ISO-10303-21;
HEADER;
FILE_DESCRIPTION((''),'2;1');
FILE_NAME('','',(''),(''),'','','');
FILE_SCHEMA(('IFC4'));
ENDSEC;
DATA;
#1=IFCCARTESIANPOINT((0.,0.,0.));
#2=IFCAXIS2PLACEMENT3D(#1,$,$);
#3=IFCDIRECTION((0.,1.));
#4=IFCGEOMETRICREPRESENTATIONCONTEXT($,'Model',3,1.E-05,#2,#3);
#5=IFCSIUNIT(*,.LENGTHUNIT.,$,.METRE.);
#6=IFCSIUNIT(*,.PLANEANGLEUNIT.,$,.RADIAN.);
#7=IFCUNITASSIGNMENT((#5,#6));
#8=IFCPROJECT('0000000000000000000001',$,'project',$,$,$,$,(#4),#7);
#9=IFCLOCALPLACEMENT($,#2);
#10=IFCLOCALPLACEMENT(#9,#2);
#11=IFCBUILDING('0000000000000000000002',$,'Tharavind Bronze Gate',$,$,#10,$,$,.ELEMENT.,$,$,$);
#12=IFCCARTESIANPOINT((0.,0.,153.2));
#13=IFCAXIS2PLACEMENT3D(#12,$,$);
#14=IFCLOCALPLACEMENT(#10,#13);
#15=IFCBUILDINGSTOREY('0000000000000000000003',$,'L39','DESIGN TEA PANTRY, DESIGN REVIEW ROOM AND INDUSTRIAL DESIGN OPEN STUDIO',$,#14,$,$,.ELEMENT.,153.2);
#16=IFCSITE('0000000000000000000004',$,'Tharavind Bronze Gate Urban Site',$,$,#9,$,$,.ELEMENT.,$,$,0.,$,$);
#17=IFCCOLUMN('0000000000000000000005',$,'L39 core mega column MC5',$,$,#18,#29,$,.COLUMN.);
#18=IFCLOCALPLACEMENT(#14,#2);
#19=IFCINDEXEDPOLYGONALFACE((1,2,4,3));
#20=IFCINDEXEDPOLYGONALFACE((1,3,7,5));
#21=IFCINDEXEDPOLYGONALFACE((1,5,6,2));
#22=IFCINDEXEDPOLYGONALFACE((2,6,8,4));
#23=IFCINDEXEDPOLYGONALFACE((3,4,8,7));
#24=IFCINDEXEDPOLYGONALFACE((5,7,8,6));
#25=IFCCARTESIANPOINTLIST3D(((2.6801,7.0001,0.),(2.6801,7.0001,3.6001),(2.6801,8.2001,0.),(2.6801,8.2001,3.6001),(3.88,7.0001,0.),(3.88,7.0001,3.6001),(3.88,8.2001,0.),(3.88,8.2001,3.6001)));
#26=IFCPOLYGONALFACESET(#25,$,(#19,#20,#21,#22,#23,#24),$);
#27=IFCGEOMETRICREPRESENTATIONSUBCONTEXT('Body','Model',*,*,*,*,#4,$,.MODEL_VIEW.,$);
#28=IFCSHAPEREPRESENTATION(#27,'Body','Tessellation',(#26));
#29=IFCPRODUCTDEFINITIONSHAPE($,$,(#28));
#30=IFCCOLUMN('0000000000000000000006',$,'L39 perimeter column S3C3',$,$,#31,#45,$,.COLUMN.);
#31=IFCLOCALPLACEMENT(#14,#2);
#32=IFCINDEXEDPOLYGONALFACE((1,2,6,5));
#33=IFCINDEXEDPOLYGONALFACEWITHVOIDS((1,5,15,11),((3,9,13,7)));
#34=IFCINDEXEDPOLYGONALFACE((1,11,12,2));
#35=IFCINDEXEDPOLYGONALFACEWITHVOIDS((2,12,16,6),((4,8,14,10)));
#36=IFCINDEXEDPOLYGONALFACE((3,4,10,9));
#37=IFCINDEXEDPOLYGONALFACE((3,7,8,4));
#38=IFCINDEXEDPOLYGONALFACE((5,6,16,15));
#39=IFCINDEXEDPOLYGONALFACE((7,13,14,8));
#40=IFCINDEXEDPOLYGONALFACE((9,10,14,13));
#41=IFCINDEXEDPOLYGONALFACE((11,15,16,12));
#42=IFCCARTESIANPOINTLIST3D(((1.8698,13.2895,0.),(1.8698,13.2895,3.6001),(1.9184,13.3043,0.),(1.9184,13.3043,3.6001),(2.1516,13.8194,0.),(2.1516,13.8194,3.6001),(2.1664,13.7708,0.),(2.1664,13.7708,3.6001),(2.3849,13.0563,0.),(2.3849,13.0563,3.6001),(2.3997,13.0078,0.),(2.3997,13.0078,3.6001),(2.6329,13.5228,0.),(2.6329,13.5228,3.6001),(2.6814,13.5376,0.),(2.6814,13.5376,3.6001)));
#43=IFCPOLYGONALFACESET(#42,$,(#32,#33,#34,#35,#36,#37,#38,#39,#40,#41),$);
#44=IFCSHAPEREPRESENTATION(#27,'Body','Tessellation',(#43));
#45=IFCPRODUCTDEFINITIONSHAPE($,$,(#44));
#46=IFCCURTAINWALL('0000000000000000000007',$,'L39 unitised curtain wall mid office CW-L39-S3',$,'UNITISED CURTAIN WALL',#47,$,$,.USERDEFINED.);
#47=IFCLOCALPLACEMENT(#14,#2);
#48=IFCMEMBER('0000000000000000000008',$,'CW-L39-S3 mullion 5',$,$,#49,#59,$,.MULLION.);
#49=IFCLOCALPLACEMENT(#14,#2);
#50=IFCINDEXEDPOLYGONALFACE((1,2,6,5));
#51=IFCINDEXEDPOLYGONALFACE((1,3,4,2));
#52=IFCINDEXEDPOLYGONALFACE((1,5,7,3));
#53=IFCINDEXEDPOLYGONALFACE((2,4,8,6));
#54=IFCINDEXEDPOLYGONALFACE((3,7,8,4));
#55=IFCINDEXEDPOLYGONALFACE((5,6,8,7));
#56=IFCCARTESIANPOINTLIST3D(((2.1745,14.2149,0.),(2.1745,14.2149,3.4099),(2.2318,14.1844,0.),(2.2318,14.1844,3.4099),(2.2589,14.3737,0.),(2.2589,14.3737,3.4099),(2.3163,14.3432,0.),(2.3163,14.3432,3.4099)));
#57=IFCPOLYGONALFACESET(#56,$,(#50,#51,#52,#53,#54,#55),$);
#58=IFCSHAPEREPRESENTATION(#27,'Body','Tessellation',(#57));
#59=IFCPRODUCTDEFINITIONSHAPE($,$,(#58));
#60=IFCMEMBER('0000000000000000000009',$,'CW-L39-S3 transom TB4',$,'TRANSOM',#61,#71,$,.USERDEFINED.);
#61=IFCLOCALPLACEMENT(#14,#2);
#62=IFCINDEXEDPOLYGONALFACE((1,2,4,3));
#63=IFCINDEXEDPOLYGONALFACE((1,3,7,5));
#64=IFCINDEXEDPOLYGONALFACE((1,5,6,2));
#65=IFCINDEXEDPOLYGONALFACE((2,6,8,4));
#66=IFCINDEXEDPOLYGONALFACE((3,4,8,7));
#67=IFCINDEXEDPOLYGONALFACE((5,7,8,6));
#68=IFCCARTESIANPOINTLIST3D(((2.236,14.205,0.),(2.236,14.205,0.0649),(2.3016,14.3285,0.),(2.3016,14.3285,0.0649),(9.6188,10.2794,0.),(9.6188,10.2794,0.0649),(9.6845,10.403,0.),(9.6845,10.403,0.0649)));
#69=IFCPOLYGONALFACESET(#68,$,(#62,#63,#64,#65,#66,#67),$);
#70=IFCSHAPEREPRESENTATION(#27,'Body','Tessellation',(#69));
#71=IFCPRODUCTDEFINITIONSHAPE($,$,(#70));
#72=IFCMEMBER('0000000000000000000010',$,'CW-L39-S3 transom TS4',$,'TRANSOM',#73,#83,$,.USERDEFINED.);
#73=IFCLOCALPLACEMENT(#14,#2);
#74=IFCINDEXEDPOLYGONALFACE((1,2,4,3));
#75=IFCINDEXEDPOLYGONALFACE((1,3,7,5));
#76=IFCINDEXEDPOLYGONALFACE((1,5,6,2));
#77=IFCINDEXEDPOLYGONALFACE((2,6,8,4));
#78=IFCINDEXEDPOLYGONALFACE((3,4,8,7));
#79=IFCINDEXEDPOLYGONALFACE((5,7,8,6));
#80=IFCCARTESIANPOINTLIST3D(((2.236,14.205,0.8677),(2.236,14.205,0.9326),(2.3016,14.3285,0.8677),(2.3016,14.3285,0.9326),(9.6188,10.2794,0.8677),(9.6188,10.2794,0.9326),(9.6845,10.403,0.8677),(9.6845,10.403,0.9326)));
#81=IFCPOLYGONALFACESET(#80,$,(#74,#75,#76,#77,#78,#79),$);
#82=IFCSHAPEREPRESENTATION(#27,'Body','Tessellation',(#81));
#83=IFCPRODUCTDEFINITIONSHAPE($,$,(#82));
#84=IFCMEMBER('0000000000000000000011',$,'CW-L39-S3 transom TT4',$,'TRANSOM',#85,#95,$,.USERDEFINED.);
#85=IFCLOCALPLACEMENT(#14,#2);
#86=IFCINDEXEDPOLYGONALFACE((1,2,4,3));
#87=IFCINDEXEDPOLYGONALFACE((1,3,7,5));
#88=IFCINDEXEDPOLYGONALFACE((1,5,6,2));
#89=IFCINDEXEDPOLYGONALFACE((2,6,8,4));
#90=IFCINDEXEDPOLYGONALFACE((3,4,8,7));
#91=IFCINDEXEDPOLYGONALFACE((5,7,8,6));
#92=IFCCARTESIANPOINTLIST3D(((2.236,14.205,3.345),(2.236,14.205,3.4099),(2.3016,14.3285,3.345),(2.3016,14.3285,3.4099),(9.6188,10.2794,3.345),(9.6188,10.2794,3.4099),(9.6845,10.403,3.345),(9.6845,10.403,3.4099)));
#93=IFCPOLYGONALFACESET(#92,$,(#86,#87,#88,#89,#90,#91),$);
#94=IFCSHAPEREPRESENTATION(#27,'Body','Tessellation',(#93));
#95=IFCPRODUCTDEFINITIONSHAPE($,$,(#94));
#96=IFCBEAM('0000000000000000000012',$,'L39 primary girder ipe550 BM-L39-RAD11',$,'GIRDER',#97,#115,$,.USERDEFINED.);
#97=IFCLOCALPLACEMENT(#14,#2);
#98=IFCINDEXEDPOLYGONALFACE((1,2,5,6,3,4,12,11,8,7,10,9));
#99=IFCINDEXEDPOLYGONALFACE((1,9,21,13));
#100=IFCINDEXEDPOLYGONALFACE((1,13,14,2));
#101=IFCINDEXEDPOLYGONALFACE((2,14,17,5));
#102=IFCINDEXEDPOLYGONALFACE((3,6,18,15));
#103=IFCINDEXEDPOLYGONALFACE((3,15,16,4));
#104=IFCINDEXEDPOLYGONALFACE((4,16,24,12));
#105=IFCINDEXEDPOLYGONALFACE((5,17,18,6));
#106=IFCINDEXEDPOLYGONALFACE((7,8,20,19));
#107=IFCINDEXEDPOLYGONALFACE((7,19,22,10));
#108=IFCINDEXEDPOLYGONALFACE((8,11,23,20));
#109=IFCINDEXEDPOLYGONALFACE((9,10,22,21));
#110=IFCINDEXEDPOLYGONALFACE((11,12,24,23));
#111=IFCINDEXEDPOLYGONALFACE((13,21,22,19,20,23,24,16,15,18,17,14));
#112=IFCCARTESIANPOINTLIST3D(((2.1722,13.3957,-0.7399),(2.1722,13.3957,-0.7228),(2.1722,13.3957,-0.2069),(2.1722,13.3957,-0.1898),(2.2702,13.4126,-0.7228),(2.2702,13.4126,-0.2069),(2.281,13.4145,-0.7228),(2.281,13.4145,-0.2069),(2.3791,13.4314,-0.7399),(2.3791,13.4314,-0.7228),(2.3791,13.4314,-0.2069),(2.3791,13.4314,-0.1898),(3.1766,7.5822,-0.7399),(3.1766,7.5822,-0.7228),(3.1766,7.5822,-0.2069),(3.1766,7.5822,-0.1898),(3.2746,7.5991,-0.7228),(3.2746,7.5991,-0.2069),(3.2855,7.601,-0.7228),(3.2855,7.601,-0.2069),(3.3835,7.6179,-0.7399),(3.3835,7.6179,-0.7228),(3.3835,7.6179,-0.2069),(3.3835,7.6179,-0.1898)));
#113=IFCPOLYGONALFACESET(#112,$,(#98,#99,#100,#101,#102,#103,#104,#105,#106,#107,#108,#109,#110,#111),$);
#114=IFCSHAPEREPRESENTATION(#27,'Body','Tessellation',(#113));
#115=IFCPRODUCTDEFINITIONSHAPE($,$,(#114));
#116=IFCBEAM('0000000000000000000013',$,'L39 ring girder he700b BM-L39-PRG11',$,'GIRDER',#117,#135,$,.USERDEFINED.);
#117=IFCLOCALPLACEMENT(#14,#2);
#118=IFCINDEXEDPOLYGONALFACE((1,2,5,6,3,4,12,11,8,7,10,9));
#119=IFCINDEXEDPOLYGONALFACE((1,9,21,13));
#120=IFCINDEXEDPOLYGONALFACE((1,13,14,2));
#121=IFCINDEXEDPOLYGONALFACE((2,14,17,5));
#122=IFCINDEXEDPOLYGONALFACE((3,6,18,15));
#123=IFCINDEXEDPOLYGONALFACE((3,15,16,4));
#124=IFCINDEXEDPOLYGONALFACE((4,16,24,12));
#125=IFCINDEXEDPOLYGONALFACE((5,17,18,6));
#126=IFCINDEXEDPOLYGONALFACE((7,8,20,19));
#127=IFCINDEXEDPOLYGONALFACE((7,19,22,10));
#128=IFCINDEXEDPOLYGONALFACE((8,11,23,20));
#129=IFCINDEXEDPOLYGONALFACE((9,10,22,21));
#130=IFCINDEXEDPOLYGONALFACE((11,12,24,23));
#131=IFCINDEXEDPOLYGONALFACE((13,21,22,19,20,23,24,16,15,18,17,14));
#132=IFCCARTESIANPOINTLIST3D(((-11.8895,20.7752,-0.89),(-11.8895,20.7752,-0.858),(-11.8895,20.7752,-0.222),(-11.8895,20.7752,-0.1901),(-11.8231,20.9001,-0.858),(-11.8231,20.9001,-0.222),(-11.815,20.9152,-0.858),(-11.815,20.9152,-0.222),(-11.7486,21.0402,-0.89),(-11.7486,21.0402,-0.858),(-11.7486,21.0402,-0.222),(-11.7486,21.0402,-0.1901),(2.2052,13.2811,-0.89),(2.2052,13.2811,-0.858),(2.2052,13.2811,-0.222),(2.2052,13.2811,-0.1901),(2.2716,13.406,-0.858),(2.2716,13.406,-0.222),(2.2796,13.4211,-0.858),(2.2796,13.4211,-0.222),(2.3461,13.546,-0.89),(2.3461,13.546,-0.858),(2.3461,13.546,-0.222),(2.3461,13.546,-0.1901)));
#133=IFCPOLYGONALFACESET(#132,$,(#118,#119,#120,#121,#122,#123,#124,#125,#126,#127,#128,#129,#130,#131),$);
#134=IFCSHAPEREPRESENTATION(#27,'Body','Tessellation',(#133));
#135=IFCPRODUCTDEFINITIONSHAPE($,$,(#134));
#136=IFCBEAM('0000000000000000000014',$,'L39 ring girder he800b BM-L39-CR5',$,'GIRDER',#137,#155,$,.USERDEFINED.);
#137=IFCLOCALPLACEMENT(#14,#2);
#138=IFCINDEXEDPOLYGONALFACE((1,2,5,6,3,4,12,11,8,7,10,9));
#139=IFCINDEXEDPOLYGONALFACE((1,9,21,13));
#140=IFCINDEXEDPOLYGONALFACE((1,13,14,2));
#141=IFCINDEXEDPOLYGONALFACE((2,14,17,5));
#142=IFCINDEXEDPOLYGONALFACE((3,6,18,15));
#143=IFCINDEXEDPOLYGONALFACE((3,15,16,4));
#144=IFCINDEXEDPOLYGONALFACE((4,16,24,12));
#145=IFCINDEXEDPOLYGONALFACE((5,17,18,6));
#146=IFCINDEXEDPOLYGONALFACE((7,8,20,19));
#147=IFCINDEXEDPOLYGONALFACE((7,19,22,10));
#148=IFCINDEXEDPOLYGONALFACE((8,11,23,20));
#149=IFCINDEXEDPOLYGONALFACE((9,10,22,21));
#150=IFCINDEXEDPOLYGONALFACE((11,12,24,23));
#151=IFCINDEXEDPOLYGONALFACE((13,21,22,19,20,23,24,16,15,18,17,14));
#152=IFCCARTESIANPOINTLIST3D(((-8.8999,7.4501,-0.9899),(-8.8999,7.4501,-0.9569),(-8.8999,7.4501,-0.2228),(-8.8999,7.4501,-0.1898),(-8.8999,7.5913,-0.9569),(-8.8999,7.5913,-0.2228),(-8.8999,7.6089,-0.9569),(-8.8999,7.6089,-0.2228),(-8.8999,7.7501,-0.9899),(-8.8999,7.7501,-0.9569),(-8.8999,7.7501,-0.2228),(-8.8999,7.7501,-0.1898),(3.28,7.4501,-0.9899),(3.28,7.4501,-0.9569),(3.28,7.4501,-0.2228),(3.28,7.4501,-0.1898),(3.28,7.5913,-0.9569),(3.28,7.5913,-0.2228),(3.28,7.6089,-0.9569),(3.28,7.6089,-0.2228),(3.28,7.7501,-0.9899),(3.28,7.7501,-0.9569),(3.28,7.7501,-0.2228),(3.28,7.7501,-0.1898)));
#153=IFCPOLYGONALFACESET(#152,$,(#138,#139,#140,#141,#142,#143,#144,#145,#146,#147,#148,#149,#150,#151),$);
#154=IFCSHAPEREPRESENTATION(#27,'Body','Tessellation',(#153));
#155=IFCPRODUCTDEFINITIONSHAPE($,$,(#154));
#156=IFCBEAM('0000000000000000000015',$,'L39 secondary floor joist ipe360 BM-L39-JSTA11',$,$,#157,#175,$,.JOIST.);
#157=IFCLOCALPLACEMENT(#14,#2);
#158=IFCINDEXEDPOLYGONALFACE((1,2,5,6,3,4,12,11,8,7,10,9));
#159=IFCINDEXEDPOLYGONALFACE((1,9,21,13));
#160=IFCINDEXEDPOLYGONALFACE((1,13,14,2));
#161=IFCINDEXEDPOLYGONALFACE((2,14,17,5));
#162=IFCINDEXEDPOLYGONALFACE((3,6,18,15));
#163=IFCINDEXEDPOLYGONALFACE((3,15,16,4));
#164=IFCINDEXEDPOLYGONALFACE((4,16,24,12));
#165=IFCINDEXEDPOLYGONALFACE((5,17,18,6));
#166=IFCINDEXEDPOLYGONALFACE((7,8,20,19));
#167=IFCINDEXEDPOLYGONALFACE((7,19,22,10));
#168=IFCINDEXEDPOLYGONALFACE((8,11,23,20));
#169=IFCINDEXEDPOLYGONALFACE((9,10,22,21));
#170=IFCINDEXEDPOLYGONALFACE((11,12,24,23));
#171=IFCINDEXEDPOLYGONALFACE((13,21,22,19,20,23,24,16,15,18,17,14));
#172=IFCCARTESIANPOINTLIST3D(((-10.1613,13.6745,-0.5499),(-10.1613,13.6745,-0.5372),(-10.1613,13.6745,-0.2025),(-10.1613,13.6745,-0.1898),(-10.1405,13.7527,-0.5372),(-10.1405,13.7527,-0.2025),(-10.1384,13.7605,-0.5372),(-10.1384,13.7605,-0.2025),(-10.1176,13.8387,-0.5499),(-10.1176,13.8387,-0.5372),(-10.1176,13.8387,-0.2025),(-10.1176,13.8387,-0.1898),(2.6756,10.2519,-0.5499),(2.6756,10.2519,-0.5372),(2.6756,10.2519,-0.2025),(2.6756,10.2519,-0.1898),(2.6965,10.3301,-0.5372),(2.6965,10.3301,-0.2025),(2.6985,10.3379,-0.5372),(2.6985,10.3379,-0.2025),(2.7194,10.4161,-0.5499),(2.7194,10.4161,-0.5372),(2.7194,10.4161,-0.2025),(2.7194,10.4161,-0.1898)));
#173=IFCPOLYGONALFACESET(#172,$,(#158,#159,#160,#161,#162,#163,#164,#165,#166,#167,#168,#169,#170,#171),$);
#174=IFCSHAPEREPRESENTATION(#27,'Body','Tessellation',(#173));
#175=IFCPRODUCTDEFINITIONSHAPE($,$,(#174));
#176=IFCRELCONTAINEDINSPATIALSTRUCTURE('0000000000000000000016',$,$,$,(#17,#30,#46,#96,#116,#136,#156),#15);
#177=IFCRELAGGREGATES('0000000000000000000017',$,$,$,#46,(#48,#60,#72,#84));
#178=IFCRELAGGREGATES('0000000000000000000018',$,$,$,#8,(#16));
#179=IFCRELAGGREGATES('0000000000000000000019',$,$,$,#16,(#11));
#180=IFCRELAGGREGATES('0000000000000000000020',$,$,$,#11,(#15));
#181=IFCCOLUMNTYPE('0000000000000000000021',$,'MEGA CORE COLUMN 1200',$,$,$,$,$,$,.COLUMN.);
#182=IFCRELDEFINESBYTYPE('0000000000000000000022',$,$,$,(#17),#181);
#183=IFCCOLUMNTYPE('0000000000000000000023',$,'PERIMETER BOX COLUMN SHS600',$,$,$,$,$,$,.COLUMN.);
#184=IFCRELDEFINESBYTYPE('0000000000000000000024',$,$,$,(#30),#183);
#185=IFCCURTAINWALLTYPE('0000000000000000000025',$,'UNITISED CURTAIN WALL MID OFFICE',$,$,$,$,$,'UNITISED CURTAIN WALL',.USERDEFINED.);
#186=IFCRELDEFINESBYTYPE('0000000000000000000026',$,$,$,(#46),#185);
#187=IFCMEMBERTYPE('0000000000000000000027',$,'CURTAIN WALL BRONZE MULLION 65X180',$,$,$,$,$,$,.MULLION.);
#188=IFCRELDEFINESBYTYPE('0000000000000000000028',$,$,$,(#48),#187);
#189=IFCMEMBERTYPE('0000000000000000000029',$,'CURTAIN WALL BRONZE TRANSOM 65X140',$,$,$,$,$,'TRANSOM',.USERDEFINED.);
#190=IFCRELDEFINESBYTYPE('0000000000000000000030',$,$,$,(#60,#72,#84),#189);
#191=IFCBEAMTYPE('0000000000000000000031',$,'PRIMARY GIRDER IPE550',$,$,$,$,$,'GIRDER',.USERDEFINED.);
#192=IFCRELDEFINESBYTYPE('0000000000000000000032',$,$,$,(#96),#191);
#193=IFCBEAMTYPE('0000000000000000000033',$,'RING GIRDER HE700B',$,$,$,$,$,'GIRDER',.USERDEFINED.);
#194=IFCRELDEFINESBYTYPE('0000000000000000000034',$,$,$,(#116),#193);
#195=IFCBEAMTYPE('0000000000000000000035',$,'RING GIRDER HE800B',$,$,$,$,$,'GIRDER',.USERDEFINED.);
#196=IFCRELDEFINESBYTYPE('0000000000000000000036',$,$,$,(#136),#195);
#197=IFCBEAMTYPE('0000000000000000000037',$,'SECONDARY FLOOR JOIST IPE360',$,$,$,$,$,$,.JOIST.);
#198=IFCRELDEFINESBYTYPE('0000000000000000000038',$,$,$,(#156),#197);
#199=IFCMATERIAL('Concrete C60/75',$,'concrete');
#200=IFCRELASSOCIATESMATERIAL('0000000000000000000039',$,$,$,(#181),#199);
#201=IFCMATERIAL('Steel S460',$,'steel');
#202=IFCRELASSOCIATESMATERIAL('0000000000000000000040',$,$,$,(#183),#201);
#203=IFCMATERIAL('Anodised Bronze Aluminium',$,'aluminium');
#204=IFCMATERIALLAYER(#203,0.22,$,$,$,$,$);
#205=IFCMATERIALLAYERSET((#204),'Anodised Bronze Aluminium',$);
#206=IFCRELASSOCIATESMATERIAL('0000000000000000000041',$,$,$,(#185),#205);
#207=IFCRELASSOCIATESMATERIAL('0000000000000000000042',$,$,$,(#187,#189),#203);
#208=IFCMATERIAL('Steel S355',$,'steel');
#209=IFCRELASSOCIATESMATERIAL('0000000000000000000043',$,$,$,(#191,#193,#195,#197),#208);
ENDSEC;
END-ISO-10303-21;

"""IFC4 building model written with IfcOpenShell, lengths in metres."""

from ifc_helpers import new_model, si_unit, direction, frame, origin, origin_2d, place, context, subcontext, project, spatial, rectangle, hollow_rectangle, i_section, extrude, material, layer, layer_set, material_profile, profile_set, type_object, element, aggregate, save


model = new_model("IFC4")

# Units and contexts
model_context = context("Model", 3, precision=1e-05, world=origin(), true_north=direction((0.0, 1.0)))
body_context = subcontext(model_context, "Body", "Model", "MODEL_VIEW")
ifc_project = project(units=[si_unit("LENGTHUNIT", "METRE"), si_unit("PLANEANGLEUNIT", "RADIAN")], contexts=[model_context])

# Site, building, storey
site_placement = place(None, origin())
site = spatial("IfcSite", under=ifc_project, at=site_placement, Name="Tharavind Bronze Gate Urban Site", CompositionType="ELEMENT", RefElevation=0.0)
building_placement = place(site_placement, origin())
building = spatial("IfcBuilding", under=site, at=building_placement, Name="Tharavind Bronze Gate", CompositionType="ELEMENT")
storey_placement = place(building_placement, frame((0.0, 0.0, 153.2)))
storey = spatial("IfcBuildingStorey", under=building, at=storey_placement, Name="L39", Description="DESIGN TEA PANTRY, DESIGN REVIEW ROOM AND INDUSTRIAL DESIGN OPEN STUDIO", CompositionType="ELEMENT", Elevation=153.2)

# Columns
ifc_material_1 = material(Name="Concrete C60/75", Category="concrete")
ifc_material_profile_1 = material_profile(ifc_material_1, rectangle(XDim=1.2, YDim=1.2, at=origin_2d()), Name="RCCOL1200")
ifc_profile_set_1 = profile_set([ifc_material_profile_1], Name="Concrete C60/75")
column_type_1 = type_object("IfcColumnType", Name="MEGA CORE COLUMN 1200", PredefinedType="COLUMN", material=ifc_profile_set_1)
column_1_placement = place(storey_placement, frame((3.28, 7.6001, 0.0), z_axis=(0.0, 0.0, 1.0), x_axis=(1.0, 0.0, 0.0)))
element("IfcColumn", 1, at=column_1_placement, inside=storey, type_object=column_type_1, Name="L39 core mega column MC5", PredefinedType="COLUMN", context=body_context, shape_type="SweptSolid", body=[
    extrude(rectangle(XDim=1.2, YDim=1.2, at=origin_2d()), origin(), (0.0, 0.0, 1.0), 3.6001),
])
ifc_material_2 = material(Name="Steel S460", Category="steel")
ifc_material_profile_2 = material_profile(ifc_material_2, hollow_rectangle(XDim=0.6001, YDim=0.6001, WallThickness=0.0359, at=origin_2d()), Name="SHS600X36")
ifc_profile_set_2 = profile_set([ifc_material_profile_2], Name="Steel S460")
column_type_2 = type_object("IfcColumnType", Name="PERIMETER BOX COLUMN SHS600", PredefinedType="COLUMN", material=ifc_profile_set_2)
column_2_placement = place(storey_placement, frame((2.2756, 13.4136, 0.0), z_axis=(0.0, 0.0, 1.0), x_axis=(-0.882948, 0.46947, 0.0)))
element("IfcColumn", 2, at=column_2_placement, inside=storey, type_object=column_type_2, Name="L39 perimeter column S3C3", PredefinedType="COLUMN", context=body_context, shape_type="SweptSolid", body=[
    extrude(hollow_rectangle(XDim=0.6001, YDim=0.6001, WallThickness=0.0359, at=origin_2d()), origin(), (0.0, 0.0, 1.0), 3.6001),
])

# Curtain wall, members
ifc_material_3 = material(Name="Anodised Bronze Aluminium", Category="aluminium")
ifc_layer_1 = layer(ifc_material_3, 0.22)
ifc_layer_set_1 = layer_set([ifc_layer_1], Name="Anodised Bronze Aluminium")
curtain_wall_type = type_object("IfcCurtainWallType", Name="UNITISED CURTAIN WALL MID OFFICE", ElementType="UNITISED CURTAIN WALL", PredefinedType="USERDEFINED", material=ifc_layer_set_1)
curtain_wall_placement = place(storey_placement, origin())
curtain_wall = element("IfcCurtainWall", 3, at=curtain_wall_placement, inside=storey, type_object=curtain_wall_type, Name="L39 unitised curtain wall mid office CW-L39-S3", ObjectType="UNITISED CURTAIN WALL", PredefinedType="USERDEFINED")
member_type_1 = type_object("IfcMemberType", Name="CURTAIN WALL BRONZE MULLION 65X180", PredefinedType="MULLION", material=ifc_material_3)
member_1_placement = place(storey_placement, frame((2.2454, 14.2791, 0.0), z_axis=(0.0, 0.0, 1.0), x_axis=(-0.882948, 0.469472, 0.0)))
member_1 = element("IfcMember", 4, at=member_1_placement, type_object=member_type_1, Name="CW-L39-S3 mullion 5", PredefinedType="MULLION", context=body_context, shape_type="SweptSolid", body=[
    extrude(rectangle(XDim=0.0649, YDim=0.1799, at=origin_2d()), origin(), (0.0, 0.0, 1.0), 3.4099),
])
member_type_2 = type_object("IfcMemberType", Name="CURTAIN WALL BRONZE TRANSOM 65X140", ElementType="TRANSOM", PredefinedType="USERDEFINED", material=ifc_material_3)
member_2_placement = place(storey_placement, frame((5.9602, 12.304, 0.0), z_axis=(0.0, 0.0, 1.0), x_axis=(-0.882948, 0.469472, 0.0)))
member_2 = element("IfcMember", 5, at=member_2_placement, type_object=member_type_2, Name="CW-L39-S3 transom TB4", ObjectType="TRANSOM", PredefinedType="USERDEFINED", context=body_context, shape_type="SweptSolid", body=[
    extrude(rectangle(XDim=8.3616, YDim=0.1399, at=origin_2d()), origin(), (0.0, 0.0, 1.0), 0.0649),
])
member_3_placement = place(storey_placement, frame((5.9602, 12.304, 0.8677), z_axis=(0.0, 0.0, 1.0), x_axis=(-0.882948, 0.469472, 0.0)))
member_3 = element("IfcMember", 6, at=member_3_placement, type_object=member_type_2, Name="CW-L39-S3 transom TS4", ObjectType="TRANSOM", PredefinedType="USERDEFINED", context=body_context, shape_type="SweptSolid", body=[
    extrude(rectangle(XDim=8.3616, YDim=0.1399, at=origin_2d()), origin(), (0.0, 0.0, 1.0), 0.0649),
])
member_4_placement = place(storey_placement, frame((5.9602, 12.304, 3.345), z_axis=(0.0, 0.0, 1.0), x_axis=(-0.882948, 0.469472, 0.0)))
member_4 = element("IfcMember", 7, at=member_4_placement, type_object=member_type_2, Name="CW-L39-S3 transom TT4", ObjectType="TRANSOM", PredefinedType="USERDEFINED", context=body_context, shape_type="SweptSolid", body=[
    extrude(rectangle(XDim=8.3616, YDim=0.1399, at=origin_2d()), origin(), (0.0, 0.0, 1.0), 0.0649),
])

# Beams
ifc_material_4 = material(Name="Steel S355", Category="steel")
ifc_material_profile_3 = material_profile(ifc_material_4, i_section(OverallWidth=0.21, OverallDepth=0.55, WebThickness=0.011, FlangeThickness=0.0171, at=origin_2d()), Name="IPE550")
ifc_profile_set_3 = profile_set([ifc_material_profile_3], Name="Steel S355")
beam_type_1 = type_object("IfcBeamType", Name="PRIMARY GIRDER IPE550", ElementType="GIRDER", PredefinedType="USERDEFINED", material=ifc_profile_set_3)
beam_1_placement = place(storey_placement, frame((2.2756, 13.4136, -0.4648), z_axis=(0.170248, -0.985401, 0.0), x_axis=(0.985401, 0.170248, 0.0)))
element("IfcBeam", 8, at=beam_1_placement, inside=storey, type_object=beam_type_1, Name="L39 primary girder ipe550 BM-L39-RAD11", ObjectType="GIRDER", PredefinedType="USERDEFINED", context=body_context, shape_type="SweptSolid", body=[
    extrude(i_section(OverallWidth=0.21, OverallDepth=0.55, WebThickness=0.011, FlangeThickness=0.0171, at=origin_2d()), origin(), (0.0, 0.0, 1.0), 5.8997),
])
ifc_material_profile_4 = material_profile(ifc_material_4, i_section(OverallWidth=0.3, OverallDepth=0.7, WebThickness=0.0171, FlangeThickness=0.032, at=origin_2d()), Name="HE700B")
ifc_profile_set_4 = profile_set([ifc_material_profile_4], Name="Steel S355")
beam_type_2 = type_object("IfcBeamType", Name="RING GIRDER HE700B", ElementType="GIRDER", PredefinedType="USERDEFINED", material=ifc_profile_set_4)
beam_2_placement = place(storey_placement, frame((2.2756, 13.4136, -0.54), z_axis=(-0.882952, 0.469464, 0.0), x_axis=(-0.469464, -0.882952, 0.0)))
element("IfcBeam", 9, at=beam_2_placement, inside=storey, type_object=beam_type_2, Name="L39 ring girder he700b BM-L39-PRG11", ObjectType="GIRDER", PredefinedType="USERDEFINED", context=body_context, shape_type="SweptSolid", body=[
    extrude(i_section(OverallWidth=0.3, OverallDepth=0.7, WebThickness=0.0171, FlangeThickness=0.032, at=origin_2d()), origin(), (0.0, 0.0, 1.0), 15.9631),
])
ifc_material_profile_5 = material_profile(ifc_material_4, i_section(OverallWidth=0.3, OverallDepth=0.8, WebThickness=0.0176, FlangeThickness=0.033, at=origin_2d()), Name="HE800B")
ifc_profile_set_5 = profile_set([ifc_material_profile_5], Name="Steel S355")
beam_type_3 = type_object("IfcBeamType", Name="RING GIRDER HE800B", ElementType="GIRDER", PredefinedType="USERDEFINED", material=ifc_profile_set_5)
beam_3_placement = place(storey_placement, frame((3.28, 7.6001, -0.5898), z_axis=(-1.0, 0.0, 0.0), x_axis=(0.0, -1.0, 0.0)))
element("IfcBeam", 10, at=beam_3_placement, inside=storey, type_object=beam_type_3, Name="L39 ring girder he800b BM-L39-CR5", ObjectType="GIRDER", PredefinedType="USERDEFINED", context=body_context, shape_type="SweptSolid", body=[
    extrude(i_section(OverallWidth=0.3, OverallDepth=0.8, WebThickness=0.0176, FlangeThickness=0.033, at=origin_2d()), origin(), (0.0, 0.0, 1.0), 12.1799),
])
ifc_material_profile_6 = material_profile(ifc_material_4, i_section(OverallWidth=0.1699, OverallDepth=0.3601, WebThickness=0.0081, FlangeThickness=0.0127, at=origin_2d()), Name="IPE360")
ifc_profile_set_6 = profile_set([ifc_material_profile_6], Name="Steel S355")
beam_type_4 = type_object("IfcBeamType", Name="SECONDARY FLOOR JOIST IPE360", PredefinedType="JOIST", material=ifc_profile_set_6)
beam_4_placement = place(storey_placement, frame((2.6975, 10.334, -0.3699), z_axis=(-0.966246, 0.257623, 0.0), x_axis=(-0.257623, -0.966246, 0.0)))
element("IfcBeam", 11, at=beam_4_placement, inside=storey, type_object=beam_type_4, Name="L39 secondary floor joist ipe360 BM-L39-JSTA11", PredefinedType="JOIST", context=body_context, shape_type="SweptSolid", body=[
    extrude(i_section(OverallWidth=0.1699, OverallDepth=0.3601, WebThickness=0.0081, FlangeThickness=0.0127, at=origin_2d()), origin(), (0.0, 0.0, 1.0), 13.2854),
])

aggregate(curtain_wall, [member_1, member_2, member_3, member_4])

save(model, "model.ifc")
